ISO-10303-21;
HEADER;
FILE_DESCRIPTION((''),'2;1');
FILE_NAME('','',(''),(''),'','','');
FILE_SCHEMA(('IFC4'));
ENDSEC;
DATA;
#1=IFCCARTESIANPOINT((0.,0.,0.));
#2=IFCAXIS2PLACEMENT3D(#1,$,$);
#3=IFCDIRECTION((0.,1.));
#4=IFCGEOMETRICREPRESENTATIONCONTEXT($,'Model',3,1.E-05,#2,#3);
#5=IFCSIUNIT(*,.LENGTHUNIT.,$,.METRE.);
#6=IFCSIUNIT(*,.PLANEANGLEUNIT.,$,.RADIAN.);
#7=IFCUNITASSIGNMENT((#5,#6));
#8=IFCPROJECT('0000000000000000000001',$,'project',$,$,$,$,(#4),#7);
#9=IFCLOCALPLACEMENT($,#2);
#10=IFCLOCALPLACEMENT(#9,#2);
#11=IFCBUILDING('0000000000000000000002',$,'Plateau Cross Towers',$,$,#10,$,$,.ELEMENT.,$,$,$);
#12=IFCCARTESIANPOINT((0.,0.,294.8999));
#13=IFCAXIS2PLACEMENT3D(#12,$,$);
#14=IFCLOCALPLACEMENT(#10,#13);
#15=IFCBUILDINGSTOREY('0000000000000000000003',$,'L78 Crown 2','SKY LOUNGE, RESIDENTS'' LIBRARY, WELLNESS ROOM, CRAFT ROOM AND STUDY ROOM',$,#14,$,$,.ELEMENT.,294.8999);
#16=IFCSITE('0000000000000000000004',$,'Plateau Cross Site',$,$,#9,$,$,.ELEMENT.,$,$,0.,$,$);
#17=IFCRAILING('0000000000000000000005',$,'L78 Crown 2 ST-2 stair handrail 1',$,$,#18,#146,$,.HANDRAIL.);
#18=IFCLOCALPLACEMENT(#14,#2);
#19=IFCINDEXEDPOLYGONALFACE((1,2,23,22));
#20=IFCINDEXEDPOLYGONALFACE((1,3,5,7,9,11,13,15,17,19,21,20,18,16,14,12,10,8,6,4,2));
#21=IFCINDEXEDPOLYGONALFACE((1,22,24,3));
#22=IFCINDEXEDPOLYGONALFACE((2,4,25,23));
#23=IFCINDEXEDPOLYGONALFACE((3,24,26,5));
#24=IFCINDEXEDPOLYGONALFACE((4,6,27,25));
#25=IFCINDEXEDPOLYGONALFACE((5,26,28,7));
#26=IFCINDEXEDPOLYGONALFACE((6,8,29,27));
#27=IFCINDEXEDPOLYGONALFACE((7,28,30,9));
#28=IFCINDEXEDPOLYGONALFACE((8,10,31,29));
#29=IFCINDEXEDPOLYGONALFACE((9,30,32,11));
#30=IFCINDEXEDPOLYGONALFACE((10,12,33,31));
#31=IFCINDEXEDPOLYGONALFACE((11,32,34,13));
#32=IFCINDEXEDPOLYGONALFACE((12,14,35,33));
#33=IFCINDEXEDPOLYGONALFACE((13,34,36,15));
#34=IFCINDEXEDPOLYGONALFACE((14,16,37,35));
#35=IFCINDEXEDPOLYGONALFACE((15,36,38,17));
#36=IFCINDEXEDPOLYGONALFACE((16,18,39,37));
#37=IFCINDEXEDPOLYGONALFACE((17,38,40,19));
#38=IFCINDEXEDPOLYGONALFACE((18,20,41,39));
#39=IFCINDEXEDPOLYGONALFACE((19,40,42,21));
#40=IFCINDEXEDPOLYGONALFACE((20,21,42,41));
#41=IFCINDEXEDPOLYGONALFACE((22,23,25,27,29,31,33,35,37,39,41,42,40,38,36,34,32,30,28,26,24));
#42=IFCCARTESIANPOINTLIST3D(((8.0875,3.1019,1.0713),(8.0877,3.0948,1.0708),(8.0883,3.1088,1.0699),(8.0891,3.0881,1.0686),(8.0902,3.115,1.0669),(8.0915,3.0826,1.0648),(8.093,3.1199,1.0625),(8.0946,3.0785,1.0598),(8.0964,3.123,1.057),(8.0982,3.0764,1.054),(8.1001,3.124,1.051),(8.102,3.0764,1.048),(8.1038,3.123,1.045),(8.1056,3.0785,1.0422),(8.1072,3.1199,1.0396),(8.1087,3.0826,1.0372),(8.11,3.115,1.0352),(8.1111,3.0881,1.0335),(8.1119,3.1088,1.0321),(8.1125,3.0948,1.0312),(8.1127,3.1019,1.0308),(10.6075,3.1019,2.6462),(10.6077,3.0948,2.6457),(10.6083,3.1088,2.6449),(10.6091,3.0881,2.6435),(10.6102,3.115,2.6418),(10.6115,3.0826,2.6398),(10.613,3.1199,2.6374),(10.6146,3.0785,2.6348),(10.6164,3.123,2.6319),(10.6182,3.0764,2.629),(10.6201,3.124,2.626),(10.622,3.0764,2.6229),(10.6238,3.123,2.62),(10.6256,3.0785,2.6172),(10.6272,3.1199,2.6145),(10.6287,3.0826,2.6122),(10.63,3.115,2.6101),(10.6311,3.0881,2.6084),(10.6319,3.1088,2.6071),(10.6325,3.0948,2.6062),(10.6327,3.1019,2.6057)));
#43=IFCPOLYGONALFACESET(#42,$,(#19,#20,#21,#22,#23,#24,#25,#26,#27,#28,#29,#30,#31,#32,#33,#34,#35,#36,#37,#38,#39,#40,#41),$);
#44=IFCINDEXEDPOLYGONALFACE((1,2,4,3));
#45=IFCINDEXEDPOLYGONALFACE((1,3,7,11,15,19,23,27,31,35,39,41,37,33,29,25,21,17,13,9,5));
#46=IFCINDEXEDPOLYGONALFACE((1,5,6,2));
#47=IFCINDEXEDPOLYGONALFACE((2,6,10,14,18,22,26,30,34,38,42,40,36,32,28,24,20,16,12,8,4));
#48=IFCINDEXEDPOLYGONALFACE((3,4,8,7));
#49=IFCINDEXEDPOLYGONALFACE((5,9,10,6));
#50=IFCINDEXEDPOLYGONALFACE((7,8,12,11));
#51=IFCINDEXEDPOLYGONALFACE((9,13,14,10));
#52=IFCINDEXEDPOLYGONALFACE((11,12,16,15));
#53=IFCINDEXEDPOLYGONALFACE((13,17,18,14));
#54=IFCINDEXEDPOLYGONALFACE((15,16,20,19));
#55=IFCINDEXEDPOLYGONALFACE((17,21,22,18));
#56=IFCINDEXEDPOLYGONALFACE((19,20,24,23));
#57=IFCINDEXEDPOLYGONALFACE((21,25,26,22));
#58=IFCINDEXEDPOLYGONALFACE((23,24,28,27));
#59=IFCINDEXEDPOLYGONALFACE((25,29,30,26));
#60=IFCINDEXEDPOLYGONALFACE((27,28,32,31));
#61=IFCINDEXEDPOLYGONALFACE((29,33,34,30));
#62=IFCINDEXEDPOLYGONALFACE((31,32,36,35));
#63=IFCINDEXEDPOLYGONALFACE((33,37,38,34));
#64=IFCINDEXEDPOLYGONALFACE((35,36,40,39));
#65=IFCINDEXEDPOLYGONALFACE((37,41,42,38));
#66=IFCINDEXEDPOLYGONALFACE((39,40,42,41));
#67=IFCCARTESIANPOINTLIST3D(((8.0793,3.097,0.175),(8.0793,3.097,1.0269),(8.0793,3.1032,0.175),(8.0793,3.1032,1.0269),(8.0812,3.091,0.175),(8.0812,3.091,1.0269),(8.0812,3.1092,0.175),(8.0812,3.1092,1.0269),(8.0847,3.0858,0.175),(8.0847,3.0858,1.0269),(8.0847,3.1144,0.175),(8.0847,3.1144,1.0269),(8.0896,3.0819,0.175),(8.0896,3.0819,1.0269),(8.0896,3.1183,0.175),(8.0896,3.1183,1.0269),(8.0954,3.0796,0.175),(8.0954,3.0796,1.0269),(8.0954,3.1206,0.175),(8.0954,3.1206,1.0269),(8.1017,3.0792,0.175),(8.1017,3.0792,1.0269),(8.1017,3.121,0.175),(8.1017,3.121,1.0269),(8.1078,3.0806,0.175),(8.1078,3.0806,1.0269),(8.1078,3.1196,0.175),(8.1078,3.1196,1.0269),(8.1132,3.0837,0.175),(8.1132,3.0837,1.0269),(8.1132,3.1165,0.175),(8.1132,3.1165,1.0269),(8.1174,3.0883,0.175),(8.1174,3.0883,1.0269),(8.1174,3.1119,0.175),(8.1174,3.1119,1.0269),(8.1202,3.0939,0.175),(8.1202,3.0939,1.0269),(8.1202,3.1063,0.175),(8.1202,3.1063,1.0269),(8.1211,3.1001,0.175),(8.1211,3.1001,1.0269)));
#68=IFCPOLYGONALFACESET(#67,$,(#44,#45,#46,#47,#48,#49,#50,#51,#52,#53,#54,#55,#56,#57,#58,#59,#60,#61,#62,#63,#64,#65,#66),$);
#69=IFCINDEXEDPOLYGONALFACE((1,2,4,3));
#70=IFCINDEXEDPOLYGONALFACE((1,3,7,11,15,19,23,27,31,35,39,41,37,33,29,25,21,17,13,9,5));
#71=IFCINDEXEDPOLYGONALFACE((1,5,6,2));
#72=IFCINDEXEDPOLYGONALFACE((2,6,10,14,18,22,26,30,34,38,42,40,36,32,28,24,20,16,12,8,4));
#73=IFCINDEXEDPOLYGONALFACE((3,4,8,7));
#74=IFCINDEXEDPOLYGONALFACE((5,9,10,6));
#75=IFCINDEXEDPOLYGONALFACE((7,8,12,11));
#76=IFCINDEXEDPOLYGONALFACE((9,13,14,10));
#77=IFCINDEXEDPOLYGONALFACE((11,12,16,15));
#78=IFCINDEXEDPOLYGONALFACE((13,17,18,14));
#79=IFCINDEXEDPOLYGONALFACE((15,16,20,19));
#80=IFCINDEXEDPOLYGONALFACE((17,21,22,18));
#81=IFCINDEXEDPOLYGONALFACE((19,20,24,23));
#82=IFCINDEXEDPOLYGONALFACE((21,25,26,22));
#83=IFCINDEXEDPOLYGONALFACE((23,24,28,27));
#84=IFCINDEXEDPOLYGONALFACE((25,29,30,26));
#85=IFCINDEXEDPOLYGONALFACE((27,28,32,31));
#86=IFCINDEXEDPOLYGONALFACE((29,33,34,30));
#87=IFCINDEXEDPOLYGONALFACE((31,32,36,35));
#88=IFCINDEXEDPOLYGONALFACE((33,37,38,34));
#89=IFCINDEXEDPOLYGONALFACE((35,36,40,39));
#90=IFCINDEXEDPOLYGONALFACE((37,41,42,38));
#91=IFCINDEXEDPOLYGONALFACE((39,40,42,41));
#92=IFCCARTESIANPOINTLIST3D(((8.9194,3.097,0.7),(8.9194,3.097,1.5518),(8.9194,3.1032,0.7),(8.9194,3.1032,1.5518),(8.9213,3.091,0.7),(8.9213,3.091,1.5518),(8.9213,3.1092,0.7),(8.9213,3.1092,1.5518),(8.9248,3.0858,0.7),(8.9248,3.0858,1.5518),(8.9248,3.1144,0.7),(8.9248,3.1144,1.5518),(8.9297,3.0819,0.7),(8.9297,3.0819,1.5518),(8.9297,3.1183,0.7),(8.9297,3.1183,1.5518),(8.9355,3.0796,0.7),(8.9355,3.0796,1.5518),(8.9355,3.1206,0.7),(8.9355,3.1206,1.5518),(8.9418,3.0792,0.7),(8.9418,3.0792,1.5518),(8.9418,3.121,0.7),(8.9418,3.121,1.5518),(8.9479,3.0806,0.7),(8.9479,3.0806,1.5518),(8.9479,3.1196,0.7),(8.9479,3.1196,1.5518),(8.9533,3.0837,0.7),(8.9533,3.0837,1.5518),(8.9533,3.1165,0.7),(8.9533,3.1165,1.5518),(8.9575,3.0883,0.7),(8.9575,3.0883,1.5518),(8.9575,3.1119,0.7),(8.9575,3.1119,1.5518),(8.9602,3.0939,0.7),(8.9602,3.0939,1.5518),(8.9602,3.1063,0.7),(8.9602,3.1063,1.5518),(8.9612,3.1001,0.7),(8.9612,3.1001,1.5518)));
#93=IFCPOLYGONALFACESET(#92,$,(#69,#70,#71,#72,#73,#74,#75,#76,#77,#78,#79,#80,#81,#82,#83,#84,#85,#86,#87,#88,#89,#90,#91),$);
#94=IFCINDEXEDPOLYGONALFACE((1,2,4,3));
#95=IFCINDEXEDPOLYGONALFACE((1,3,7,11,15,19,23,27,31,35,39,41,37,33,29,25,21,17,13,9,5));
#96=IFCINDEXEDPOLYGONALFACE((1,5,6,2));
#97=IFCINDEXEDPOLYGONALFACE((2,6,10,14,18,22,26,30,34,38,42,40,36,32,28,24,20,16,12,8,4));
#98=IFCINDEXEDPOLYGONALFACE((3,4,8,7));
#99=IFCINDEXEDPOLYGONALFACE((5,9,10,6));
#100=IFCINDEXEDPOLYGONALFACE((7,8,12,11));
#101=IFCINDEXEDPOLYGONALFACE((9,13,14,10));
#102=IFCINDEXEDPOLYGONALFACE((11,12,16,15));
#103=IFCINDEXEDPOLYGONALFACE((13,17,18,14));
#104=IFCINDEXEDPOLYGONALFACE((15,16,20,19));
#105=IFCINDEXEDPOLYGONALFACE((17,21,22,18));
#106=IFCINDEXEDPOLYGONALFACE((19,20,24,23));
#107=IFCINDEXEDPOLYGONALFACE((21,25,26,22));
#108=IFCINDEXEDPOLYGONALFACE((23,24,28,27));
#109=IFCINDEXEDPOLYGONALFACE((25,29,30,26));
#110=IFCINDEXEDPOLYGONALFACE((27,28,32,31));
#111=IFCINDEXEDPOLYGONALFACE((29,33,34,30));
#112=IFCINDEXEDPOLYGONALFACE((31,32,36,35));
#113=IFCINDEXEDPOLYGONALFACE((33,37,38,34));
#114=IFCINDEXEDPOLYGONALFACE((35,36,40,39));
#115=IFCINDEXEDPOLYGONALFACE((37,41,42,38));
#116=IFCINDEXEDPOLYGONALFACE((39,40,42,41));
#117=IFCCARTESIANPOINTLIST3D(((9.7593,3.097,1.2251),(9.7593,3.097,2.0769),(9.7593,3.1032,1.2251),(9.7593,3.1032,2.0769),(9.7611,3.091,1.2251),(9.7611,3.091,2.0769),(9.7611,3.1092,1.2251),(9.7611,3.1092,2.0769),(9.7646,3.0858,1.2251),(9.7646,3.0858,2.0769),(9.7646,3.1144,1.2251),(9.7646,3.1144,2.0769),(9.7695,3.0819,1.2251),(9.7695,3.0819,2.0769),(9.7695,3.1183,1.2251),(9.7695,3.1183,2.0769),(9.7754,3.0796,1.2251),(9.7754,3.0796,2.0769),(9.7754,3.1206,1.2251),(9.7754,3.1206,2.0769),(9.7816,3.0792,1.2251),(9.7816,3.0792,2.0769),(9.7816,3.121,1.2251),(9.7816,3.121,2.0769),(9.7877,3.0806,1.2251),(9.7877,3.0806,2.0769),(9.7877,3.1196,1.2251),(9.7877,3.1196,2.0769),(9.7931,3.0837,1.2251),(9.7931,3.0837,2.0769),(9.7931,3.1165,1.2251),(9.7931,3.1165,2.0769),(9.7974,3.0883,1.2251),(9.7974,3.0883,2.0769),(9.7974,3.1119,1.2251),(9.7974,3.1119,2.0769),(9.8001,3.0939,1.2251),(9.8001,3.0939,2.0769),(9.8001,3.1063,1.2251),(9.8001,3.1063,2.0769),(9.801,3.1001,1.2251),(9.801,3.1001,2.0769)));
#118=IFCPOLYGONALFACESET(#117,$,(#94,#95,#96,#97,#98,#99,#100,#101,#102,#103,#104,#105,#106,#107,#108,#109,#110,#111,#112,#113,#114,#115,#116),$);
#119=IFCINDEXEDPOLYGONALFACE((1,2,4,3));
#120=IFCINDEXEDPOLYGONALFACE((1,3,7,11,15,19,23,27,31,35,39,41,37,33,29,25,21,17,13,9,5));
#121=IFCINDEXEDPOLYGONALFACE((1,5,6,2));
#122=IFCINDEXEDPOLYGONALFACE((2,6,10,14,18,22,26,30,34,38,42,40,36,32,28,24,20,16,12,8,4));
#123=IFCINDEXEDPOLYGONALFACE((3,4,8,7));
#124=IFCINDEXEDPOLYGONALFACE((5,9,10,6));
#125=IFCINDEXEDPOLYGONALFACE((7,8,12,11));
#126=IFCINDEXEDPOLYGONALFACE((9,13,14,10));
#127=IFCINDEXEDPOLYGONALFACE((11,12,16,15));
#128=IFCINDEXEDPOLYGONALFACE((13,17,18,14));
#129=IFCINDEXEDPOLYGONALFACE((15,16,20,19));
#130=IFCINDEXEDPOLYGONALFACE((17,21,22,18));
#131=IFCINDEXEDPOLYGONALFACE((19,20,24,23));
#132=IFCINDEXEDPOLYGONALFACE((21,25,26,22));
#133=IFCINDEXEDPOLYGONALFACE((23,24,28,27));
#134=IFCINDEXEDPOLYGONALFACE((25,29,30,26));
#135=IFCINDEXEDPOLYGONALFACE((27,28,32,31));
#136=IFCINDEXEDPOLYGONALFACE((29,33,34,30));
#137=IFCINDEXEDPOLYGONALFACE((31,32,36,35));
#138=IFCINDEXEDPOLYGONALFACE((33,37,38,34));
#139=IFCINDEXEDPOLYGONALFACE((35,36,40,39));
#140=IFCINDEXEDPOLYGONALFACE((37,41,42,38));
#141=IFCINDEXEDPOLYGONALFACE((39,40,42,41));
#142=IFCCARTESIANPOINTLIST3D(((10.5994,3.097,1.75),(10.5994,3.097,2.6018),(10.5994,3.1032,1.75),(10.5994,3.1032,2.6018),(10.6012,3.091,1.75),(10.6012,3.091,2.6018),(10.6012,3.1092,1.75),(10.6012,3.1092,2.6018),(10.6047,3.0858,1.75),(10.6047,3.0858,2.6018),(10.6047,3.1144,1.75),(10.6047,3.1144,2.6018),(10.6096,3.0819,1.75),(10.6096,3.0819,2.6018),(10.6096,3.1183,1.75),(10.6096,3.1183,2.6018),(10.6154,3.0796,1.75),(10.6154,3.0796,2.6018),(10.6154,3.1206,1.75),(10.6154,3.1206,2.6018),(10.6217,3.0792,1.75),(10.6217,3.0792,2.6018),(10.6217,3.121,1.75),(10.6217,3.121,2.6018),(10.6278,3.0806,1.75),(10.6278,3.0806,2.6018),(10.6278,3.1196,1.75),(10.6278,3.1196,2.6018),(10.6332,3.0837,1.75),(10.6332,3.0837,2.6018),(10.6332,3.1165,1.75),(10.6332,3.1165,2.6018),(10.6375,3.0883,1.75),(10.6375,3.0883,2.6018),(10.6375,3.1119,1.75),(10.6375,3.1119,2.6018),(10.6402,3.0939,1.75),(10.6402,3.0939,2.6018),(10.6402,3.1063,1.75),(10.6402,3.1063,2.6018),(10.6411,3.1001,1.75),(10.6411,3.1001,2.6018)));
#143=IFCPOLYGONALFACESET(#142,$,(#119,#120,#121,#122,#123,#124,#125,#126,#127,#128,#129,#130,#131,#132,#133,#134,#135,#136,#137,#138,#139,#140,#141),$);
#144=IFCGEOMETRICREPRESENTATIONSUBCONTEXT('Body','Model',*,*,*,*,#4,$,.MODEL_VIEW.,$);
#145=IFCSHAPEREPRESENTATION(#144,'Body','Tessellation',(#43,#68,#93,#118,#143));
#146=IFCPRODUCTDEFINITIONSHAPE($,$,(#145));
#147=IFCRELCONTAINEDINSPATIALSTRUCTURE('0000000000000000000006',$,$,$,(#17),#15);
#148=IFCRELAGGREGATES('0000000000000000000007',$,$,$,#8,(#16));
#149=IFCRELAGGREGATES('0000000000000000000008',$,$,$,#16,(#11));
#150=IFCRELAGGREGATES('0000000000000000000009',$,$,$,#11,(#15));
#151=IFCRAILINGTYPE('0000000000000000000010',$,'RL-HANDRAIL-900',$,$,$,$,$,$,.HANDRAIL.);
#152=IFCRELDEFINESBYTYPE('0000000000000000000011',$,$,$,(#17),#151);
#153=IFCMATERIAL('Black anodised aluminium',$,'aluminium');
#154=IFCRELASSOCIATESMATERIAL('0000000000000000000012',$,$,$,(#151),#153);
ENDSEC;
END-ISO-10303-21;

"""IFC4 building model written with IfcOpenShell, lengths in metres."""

from ifc_helpers import new_model, si_unit, direction, frame, origin, origin_2d, place, context, subcontext, project, spatial, circle, extrude, material, type_object, element, save


model = new_model("IFC4")

# Units and contexts
model_context = context("Model", 3, precision=1e-05, world=origin(), true_north=direction((0.0, 1.0)))
body_context = subcontext(model_context, "Body", "Model", "MODEL_VIEW")
ifc_project = project(units=[si_unit("LENGTHUNIT", "METRE"), si_unit("PLANEANGLEUNIT", "RADIAN")], contexts=[model_context])

# Site, building, storey
site_placement = place(None, origin())
site = spatial("IfcSite", under=ifc_project, at=site_placement, Name="Plateau Cross Site", CompositionType="ELEMENT", RefElevation=0.0)
building_placement = place(site_placement, origin())
building = spatial("IfcBuilding", under=site, at=building_placement, Name="Plateau Cross Towers", CompositionType="ELEMENT")
storey_placement = place(building_placement, frame((0.0, 0.0, 294.8999)))
storey = spatial("IfcBuildingStorey", under=building, at=storey_placement, Name="L78 Crown 2", Description="SKY LOUNGE, RESIDENTS' LIBRARY, WELLNESS ROOM, CRAFT ROOM AND STUDY ROOM", CompositionType="ELEMENT", Elevation=294.8999)

# Shared definitions
ifc_material_1 = material(Name="Black anodised aluminium", Category="aluminium")

# Railing
railing_type_1 = type_object("IfcRailingType", Name="RL-HANDRAIL-900", PredefinedType="HANDRAIL", material=ifc_material_1)
railing_1_placement = place(storey_placement, frame((8.1001, 3.1001, 0.175)))
element("IfcRailing", 1, at=railing_1_placement, inside=storey, type_object=railing_type_1, Name="L78 Crown 2 ST-2 stair handrail 1", PredefinedType="HANDRAIL", context=body_context, shape_type="SweptSolid", body=[
    extrude(circle(Radius=0.0239, at=origin_2d()), frame((0.0, 0.0, 0.876), z_axis=(0.848008, 0.0, 0.529984), x_axis=(0.0, 1.0, 0.0)), (0.0, 0.0, 1.0), 2.9717),
    extrude(circle(Radius=0.021, at=origin_2d()), origin(), (0.0, 0.0, 1.0), 0.8518),
    extrude(circle(Radius=0.021, at=origin_2d()), frame((0.8401, 0.0, 0.5249)), (0.0, 0.0, 1.0), 0.8518),
    extrude(circle(Radius=0.021, at=origin_2d()), frame((1.6799, 0.0, 1.05)), (0.0, 0.0, 1.0), 0.8518),
    extrude(circle(Radius=0.021, at=origin_2d()), frame((2.52, 0.0, 1.575)), (0.0, 0.0, 1.0), 0.8518),
])

save(model, "model.ifc")
